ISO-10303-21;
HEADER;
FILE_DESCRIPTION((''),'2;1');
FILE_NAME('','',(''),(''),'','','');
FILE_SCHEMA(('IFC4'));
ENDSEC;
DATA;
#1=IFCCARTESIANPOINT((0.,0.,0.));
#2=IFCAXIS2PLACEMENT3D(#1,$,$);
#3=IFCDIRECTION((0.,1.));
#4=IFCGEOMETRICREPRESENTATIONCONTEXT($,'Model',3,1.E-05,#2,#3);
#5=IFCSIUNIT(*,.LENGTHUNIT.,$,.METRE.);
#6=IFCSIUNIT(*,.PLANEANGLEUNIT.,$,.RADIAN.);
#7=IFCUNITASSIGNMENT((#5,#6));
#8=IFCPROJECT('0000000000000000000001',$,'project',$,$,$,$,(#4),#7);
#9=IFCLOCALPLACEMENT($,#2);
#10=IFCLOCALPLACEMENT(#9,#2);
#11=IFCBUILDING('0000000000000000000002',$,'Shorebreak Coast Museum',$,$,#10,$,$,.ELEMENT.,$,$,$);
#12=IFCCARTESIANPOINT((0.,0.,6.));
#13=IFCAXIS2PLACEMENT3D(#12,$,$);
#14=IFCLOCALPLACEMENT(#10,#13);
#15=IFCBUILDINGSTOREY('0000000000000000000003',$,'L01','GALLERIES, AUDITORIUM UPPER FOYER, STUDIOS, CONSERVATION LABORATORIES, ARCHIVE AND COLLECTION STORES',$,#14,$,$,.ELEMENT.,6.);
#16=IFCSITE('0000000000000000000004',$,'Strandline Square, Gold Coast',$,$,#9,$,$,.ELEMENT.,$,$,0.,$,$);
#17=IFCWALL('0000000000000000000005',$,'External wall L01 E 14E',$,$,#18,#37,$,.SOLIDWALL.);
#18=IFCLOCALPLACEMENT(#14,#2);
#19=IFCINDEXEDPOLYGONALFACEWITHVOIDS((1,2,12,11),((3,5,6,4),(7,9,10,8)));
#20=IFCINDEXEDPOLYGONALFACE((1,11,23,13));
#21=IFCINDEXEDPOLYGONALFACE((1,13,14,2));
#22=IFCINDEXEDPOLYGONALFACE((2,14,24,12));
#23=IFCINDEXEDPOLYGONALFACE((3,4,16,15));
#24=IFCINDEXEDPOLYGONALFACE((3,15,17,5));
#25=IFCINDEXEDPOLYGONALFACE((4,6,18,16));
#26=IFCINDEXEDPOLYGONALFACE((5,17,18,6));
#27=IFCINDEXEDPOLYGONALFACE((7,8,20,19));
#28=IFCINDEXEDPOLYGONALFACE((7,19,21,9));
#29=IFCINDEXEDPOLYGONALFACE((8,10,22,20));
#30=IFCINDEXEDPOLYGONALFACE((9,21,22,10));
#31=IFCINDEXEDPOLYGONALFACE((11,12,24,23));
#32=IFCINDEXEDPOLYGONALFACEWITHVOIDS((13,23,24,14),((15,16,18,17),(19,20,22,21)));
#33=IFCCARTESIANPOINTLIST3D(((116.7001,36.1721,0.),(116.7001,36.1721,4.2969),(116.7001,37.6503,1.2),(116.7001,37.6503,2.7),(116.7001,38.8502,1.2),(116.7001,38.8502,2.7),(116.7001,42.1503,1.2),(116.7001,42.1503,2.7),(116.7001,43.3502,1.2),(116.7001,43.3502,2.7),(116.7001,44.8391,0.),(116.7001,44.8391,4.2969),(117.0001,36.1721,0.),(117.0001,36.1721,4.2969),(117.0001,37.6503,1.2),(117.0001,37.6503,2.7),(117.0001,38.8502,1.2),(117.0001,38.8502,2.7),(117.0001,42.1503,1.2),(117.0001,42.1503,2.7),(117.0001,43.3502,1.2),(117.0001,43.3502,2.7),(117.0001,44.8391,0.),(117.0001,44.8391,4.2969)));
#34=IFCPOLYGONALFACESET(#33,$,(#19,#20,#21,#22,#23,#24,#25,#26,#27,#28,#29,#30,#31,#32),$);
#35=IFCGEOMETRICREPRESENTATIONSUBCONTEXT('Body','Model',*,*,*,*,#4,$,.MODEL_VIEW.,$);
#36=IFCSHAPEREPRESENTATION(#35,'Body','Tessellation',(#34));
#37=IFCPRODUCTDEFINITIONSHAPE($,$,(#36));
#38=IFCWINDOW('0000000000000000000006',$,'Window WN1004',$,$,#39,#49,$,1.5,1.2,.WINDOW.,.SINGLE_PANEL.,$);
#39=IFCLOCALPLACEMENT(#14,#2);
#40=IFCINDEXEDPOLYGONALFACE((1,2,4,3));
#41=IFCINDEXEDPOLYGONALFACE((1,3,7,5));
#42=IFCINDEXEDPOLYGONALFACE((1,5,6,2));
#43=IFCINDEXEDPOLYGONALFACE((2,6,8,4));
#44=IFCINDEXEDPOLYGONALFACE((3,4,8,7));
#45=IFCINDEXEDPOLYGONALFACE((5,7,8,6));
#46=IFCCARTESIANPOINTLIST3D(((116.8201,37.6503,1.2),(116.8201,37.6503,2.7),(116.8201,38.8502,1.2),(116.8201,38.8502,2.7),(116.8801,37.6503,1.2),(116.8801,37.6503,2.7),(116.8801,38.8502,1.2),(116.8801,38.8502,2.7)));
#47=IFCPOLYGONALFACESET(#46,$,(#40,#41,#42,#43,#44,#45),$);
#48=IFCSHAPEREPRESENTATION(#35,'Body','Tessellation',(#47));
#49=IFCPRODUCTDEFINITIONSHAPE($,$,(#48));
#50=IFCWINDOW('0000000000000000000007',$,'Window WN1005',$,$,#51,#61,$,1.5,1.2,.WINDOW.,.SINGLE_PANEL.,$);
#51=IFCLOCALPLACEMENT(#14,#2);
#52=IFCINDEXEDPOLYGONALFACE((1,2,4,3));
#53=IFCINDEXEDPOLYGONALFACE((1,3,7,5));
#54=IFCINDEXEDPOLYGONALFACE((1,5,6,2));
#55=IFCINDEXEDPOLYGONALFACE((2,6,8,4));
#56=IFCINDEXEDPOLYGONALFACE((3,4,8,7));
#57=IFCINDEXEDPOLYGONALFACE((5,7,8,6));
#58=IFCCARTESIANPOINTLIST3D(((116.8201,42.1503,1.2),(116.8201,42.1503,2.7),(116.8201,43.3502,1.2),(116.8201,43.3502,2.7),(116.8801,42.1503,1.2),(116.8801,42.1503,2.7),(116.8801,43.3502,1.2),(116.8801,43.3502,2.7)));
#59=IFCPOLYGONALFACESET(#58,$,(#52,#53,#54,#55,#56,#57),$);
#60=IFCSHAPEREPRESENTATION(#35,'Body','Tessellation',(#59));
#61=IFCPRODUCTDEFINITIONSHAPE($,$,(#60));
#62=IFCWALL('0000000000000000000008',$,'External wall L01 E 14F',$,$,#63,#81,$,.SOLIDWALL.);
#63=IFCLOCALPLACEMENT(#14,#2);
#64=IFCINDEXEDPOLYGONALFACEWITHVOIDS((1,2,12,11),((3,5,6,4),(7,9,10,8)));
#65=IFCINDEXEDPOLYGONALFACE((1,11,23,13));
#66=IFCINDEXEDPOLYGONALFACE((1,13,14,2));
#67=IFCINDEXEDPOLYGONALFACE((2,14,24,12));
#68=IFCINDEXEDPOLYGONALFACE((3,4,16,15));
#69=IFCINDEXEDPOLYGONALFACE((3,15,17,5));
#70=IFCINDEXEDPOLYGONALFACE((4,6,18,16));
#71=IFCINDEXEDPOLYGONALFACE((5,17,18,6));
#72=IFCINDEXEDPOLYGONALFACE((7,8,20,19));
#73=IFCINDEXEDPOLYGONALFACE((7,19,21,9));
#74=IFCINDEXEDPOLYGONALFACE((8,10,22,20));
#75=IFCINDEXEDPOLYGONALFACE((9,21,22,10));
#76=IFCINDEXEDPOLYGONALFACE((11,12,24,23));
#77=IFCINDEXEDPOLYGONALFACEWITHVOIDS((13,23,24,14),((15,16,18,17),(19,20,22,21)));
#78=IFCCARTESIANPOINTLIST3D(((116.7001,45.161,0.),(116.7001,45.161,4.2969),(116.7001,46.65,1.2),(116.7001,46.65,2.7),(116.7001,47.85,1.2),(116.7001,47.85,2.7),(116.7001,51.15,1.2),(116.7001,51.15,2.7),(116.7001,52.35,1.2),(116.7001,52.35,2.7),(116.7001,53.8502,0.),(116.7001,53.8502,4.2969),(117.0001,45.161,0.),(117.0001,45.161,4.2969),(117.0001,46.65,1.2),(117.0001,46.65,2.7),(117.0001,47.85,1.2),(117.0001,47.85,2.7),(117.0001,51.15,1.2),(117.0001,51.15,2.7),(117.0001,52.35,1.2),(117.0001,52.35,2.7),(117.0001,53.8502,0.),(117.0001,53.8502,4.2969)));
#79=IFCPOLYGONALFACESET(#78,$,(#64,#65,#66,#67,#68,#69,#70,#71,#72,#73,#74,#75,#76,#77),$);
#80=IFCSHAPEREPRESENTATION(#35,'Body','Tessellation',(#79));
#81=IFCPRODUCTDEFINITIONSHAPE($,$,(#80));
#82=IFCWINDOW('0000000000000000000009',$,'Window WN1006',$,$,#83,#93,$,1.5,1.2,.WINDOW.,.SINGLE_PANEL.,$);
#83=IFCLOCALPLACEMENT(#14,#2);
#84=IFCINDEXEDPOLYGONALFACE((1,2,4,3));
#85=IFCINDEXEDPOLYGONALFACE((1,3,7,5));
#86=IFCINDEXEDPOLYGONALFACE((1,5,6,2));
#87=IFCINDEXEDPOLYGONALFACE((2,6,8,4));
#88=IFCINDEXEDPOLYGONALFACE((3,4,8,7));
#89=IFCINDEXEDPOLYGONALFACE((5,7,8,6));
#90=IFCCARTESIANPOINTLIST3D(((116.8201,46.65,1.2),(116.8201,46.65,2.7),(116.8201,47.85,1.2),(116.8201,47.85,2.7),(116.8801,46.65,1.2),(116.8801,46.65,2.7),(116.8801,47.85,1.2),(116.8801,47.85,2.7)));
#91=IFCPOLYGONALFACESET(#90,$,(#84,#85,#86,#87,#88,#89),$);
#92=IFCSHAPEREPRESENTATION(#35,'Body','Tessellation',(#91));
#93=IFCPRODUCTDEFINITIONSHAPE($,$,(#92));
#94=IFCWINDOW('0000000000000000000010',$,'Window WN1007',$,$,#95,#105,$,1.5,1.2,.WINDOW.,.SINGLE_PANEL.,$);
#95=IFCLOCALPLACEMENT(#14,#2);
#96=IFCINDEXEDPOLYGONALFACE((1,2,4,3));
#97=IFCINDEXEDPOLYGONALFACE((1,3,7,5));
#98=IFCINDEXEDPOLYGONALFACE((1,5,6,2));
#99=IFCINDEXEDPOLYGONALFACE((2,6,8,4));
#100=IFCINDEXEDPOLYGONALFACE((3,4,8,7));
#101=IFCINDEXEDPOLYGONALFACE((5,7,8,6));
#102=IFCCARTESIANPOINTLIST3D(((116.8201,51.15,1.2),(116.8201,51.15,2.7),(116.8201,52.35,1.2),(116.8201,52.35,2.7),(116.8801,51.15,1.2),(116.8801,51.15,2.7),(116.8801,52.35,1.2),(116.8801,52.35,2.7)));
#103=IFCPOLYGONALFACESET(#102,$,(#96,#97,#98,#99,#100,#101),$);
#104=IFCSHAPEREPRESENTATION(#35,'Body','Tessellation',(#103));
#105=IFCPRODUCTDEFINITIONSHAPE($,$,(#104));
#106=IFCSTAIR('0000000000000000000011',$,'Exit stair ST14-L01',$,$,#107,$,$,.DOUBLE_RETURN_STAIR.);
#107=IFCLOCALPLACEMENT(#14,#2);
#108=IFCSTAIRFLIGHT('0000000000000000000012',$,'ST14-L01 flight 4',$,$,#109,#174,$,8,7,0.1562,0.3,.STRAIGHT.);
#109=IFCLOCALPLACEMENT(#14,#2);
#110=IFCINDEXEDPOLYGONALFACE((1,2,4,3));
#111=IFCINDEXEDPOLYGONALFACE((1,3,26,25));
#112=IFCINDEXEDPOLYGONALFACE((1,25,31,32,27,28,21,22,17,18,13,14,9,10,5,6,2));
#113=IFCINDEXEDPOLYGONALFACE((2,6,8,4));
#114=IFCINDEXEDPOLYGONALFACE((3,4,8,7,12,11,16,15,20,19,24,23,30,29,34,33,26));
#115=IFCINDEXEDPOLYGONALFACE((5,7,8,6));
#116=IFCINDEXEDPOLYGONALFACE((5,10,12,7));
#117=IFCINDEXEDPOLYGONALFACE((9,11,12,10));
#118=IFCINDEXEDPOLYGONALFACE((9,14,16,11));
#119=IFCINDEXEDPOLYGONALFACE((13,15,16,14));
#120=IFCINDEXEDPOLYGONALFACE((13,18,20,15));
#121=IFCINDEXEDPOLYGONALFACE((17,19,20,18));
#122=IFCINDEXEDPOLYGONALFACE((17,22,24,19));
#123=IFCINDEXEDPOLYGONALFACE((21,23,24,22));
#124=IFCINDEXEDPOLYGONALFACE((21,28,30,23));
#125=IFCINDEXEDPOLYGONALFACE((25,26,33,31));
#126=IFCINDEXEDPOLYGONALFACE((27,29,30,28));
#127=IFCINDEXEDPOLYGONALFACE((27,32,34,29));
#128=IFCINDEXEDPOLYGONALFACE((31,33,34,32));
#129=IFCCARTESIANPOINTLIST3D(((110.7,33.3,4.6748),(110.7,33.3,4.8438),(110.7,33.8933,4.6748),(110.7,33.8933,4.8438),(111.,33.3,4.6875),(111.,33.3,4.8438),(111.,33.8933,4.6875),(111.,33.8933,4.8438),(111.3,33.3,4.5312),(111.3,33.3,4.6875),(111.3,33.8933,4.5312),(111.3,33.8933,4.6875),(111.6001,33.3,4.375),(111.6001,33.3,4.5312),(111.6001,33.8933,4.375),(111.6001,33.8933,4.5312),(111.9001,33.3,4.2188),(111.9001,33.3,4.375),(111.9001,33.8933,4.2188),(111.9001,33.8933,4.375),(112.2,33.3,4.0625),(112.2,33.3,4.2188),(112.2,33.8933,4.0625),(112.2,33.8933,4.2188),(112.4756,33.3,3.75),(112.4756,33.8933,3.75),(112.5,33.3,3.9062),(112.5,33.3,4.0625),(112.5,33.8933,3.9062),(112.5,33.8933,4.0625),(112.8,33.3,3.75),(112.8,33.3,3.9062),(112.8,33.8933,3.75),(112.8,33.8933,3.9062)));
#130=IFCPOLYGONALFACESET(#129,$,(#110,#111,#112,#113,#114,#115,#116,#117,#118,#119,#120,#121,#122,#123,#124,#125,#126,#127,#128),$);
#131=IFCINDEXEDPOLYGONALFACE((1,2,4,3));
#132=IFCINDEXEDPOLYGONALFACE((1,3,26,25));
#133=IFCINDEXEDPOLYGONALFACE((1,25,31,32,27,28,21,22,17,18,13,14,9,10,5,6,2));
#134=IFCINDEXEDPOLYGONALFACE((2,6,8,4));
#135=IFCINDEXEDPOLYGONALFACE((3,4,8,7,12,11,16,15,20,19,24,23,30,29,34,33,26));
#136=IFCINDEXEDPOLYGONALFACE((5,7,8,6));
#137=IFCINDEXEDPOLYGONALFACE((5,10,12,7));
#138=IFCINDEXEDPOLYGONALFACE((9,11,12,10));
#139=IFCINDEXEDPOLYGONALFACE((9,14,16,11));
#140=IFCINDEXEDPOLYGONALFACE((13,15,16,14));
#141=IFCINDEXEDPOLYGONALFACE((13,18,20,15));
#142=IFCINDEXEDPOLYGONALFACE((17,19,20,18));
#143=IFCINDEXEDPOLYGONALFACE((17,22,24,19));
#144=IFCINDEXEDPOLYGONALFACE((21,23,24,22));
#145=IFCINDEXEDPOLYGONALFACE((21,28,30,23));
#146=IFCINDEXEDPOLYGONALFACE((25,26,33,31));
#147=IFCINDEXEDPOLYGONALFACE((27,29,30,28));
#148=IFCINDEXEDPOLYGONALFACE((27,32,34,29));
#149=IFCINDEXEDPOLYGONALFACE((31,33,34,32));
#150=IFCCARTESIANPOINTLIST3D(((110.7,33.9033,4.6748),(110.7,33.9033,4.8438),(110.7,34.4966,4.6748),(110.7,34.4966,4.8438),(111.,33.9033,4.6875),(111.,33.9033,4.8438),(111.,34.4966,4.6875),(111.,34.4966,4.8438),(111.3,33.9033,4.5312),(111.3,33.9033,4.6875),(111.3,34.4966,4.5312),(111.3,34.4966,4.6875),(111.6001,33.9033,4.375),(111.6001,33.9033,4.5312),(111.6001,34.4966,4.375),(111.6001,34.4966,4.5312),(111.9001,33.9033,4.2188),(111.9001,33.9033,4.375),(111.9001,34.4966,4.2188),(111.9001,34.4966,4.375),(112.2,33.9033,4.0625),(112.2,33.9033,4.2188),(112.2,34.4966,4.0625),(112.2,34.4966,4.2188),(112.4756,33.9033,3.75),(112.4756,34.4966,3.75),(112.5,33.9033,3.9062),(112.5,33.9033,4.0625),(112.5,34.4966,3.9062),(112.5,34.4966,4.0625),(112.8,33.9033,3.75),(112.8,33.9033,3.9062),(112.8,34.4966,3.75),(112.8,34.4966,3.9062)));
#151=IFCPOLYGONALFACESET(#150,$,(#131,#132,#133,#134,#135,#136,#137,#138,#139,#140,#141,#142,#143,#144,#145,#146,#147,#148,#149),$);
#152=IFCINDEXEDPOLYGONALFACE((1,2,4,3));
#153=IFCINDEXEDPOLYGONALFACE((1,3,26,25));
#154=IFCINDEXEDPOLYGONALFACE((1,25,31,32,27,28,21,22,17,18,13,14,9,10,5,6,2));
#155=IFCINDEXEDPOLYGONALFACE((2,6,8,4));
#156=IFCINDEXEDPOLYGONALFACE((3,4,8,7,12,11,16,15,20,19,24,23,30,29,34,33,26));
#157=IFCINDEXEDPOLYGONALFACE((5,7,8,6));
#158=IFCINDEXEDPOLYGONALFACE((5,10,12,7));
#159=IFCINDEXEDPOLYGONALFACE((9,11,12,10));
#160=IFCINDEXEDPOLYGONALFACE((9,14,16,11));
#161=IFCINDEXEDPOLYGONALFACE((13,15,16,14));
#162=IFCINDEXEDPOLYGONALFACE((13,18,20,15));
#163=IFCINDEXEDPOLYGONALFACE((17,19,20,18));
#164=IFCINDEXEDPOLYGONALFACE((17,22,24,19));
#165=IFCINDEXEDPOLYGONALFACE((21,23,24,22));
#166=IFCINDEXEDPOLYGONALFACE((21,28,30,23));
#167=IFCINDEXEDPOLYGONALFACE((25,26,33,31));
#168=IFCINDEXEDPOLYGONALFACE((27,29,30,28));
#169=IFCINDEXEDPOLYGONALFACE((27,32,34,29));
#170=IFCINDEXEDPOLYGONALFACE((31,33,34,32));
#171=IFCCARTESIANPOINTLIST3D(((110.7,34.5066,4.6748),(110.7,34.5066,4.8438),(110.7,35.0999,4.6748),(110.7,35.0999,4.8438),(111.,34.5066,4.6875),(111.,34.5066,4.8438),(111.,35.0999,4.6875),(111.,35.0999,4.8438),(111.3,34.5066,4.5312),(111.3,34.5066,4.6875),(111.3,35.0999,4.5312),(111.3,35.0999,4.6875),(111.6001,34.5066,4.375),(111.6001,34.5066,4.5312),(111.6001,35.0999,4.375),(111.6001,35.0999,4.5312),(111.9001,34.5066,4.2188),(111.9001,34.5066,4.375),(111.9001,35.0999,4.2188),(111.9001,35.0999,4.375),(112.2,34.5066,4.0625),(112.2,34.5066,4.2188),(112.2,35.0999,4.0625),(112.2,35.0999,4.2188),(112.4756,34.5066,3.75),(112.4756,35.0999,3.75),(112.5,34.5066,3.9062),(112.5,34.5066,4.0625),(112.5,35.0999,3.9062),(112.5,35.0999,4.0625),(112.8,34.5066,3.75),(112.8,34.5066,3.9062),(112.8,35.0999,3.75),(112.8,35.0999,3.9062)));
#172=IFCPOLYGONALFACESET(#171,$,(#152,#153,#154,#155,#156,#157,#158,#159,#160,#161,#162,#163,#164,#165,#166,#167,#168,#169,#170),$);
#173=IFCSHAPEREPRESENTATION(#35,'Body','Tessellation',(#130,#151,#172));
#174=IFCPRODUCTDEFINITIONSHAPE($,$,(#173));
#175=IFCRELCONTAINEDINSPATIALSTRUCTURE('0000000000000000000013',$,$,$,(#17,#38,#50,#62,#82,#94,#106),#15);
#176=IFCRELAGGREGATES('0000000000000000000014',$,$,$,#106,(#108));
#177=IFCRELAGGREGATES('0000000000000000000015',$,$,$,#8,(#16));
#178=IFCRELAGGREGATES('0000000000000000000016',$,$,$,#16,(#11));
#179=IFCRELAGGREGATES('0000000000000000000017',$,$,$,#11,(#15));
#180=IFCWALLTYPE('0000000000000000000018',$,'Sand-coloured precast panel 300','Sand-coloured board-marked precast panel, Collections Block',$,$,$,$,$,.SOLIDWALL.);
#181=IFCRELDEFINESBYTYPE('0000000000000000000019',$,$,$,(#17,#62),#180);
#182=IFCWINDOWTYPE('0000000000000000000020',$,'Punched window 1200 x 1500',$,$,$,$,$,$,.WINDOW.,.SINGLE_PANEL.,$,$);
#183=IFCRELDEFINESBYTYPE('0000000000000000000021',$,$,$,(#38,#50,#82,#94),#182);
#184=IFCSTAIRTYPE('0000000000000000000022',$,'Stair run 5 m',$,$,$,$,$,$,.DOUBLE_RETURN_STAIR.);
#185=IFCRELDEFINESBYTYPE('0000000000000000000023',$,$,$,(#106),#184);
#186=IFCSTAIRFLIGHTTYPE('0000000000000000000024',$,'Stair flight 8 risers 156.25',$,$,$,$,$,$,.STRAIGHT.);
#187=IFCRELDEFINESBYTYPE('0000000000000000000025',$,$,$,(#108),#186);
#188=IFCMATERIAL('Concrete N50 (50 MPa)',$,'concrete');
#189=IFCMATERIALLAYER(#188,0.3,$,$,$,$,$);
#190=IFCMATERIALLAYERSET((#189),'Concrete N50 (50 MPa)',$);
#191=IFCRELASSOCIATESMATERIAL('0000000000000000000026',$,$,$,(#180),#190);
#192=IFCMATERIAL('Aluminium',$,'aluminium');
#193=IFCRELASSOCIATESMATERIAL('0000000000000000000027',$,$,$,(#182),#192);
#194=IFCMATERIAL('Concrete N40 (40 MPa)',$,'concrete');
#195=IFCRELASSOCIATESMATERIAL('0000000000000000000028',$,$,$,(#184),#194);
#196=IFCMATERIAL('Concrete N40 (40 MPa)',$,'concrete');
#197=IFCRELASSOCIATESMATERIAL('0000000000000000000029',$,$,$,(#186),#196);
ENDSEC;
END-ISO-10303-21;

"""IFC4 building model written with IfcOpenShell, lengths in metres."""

from ifc_helpers import new_model, si_unit, direction, frame, frame_2d, origin, place, context, subcontext, project, spatial, polyline, rectangle, outline, extrude, material, layer, layer_set, type_object, element, fill, aggregate, save


model = new_model("IFC4")

# Units and contexts
model_context = context("Model", 3, precision=1e-05, world=origin(), true_north=direction((0.0, 1.0)))
body_context = subcontext(model_context, "Body", "Model", "MODEL_VIEW")
ifc_project = project(units=[si_unit("LENGTHUNIT", "METRE"), si_unit("PLANEANGLEUNIT", "RADIAN")], contexts=[model_context])

# Site, building, storey
site_placement = place(None, origin())
site = spatial("IfcSite", under=ifc_project, at=site_placement, Name="Strandline Square, Gold Coast", CompositionType="ELEMENT", RefElevation=0.0)
building_placement = place(site_placement, origin())
building = spatial("IfcBuilding", under=site, at=building_placement, Name="Shorebreak Coast Museum", CompositionType="ELEMENT")
storey_placement = place(building_placement, frame((0.0, 0.0, 6.0)))
storey = spatial("IfcBuildingStorey", under=building, at=storey_placement, Name="L01", Description="GALLERIES, AUDITORIUM UPPER FOYER, STUDIOS, CONSERVATION LABORATORIES, ARCHIVE AND COLLECTION STORES", CompositionType="ELEMENT", Elevation=6.0)

# Walls, openings, windows
ifc_material_1 = material(Name="Concrete N50 (50 MPa)", Category="concrete")
ifc_layer_1 = layer(ifc_material_1, 0.3)
ifc_layer_set_1 = layer_set([ifc_layer_1], Name="Concrete N50 (50 MPa)")
wall_type_1 = type_object("IfcWallType", Name="Sand-coloured precast panel 300", Description="Sand-coloured board-marked precast panel, Collections Block", PredefinedType="SOLIDWALL", material=ifc_layer_set_1)
wall_1_placement = place(storey_placement, frame((116.8501, 36.1721, 0.0), z_axis=(0.0, 0.0, 1.0), x_axis=(0.0, 1.0, 0.0)))
wall_1 = element("IfcWall", 1, at=wall_1_placement, inside=storey, type_object=wall_type_1, Name="External wall L01 E 14E", PredefinedType="SOLIDWALL", context=body_context, shape_type="SweptSolid", body=[
    extrude(rectangle(XDim=8.667, YDim=0.3, at=frame_2d((4.3335, 0.0))), origin(), (0.0, 0.0, 1.0), 4.2969),
])
opening_1_placement = place(wall_1_placement, frame((1.478, 0.0, 1.2)))
opening_1 = element("IfcOpeningElement", 2, at=opening_1_placement, cuts=wall_1, PredefinedType="OPENING", context=body_context, shape_type="SweptSolid", body=[
    extrude(rectangle(XDim=1.2, YDim=1.5, at=frame_2d((0.6001, 0.75))), frame((0.0, 0.1599, 0.0), z_axis=(0.0, -1.0, 0.0), x_axis=(1.0, 0.0, 0.0)), (0.0, 0.0, 1.0), 0.3201),
])
opening_2_placement = place(wall_1_placement, frame((5.978, 0.0, 1.2)))
opening_2 = element("IfcOpeningElement", 3, at=opening_2_placement, cuts=wall_1, PredefinedType="OPENING", context=body_context, shape_type="SweptSolid", body=[
    extrude(rectangle(XDim=1.2, YDim=1.5, at=frame_2d((0.6001, 0.75))), frame((0.0, 0.1599, 0.0), z_axis=(0.0, -1.0, 0.0), x_axis=(1.0, 0.0, 0.0)), (0.0, 0.0, 1.0), 0.3201),
])
ifc_material_2 = material(Name="Aluminium", Category="aluminium")
window_type = type_object("IfcWindowType", Name="Punched window 1200 x 1500", PartitioningType="SINGLE_PANEL", PredefinedType="WINDOW", material=ifc_material_2)
window_1_placement = place(opening_1_placement, origin())
window_1 = element("IfcWindow", 4, at=window_1_placement, inside=storey, type_object=window_type, Name="Window WN1004", OverallHeight=1.5, OverallWidth=1.2, PartitioningType="SINGLE_PANEL", PredefinedType="WINDOW", context=body_context, shape_type="SweptSolid", body=[
    extrude(rectangle(XDim=1.2, YDim=1.5, at=frame_2d((0.6001, 0.75))), frame((0.0, 0.03, 0.0), z_axis=(0.0, -1.0, 0.0), x_axis=(1.0, 0.0, 0.0)), (0.0, 0.0, 1.0), 0.0601),
])
fill(opening_1, window_1)
window_2_placement = place(opening_2_placement, origin())
window_2 = element("IfcWindow", 5, at=window_2_placement, inside=storey, type_object=window_type, Name="Window WN1005", OverallHeight=1.5, OverallWidth=1.2, PartitioningType="SINGLE_PANEL", PredefinedType="WINDOW", context=body_context, shape_type="SweptSolid", body=[
    extrude(rectangle(XDim=1.2, YDim=1.5, at=frame_2d((0.6001, 0.75))), frame((0.0, 0.03, 0.0), z_axis=(0.0, -1.0, 0.0), x_axis=(1.0, 0.0, 0.0)), (0.0, 0.0, 1.0), 0.0601),
])
fill(opening_2, window_2)
wall_2_placement = place(storey_placement, frame((116.8501, 45.1609, 0.0), z_axis=(0.0, 0.0, 1.0), x_axis=(0.0, 1.0, 0.0)))
wall_2 = element("IfcWall", 6, at=wall_2_placement, inside=storey, type_object=wall_type_1, Name="External wall L01 E 14F", PredefinedType="SOLIDWALL", context=body_context, shape_type="SweptSolid", body=[
    extrude(rectangle(XDim=8.6892, YDim=0.3, at=frame_2d((4.3447, 0.0))), origin(), (0.0, 0.0, 1.0), 4.2969),
])
opening_3_placement = place(wall_2_placement, frame((1.489, 0.0, 1.2)))
opening_3 = element("IfcOpeningElement", 7, at=opening_3_placement, cuts=wall_2, PredefinedType="OPENING", context=body_context, shape_type="SweptSolid", body=[
    extrude(rectangle(XDim=1.2, YDim=1.5, at=frame_2d((0.6001, 0.75))), frame((0.0, 0.1599, 0.0), z_axis=(0.0, -1.0, 0.0), x_axis=(1.0, 0.0, 0.0)), (0.0, 0.0, 1.0), 0.3201),
])
opening_4_placement = place(wall_2_placement, frame((5.989, 0.0, 1.2)))
opening_4 = element("IfcOpeningElement", 8, at=opening_4_placement, cuts=wall_2, PredefinedType="OPENING", context=body_context, shape_type="SweptSolid", body=[
    extrude(rectangle(XDim=1.2, YDim=1.5, at=frame_2d((0.6001, 0.75))), frame((0.0, 0.1599, 0.0), z_axis=(0.0, -1.0, 0.0), x_axis=(1.0, 0.0, 0.0)), (0.0, 0.0, 1.0), 0.3201),
])
window_3_placement = place(opening_3_placement, origin())
window_3 = element("IfcWindow", 9, at=window_3_placement, inside=storey, type_object=window_type, Name="Window WN1006", OverallHeight=1.5, OverallWidth=1.2, PartitioningType="SINGLE_PANEL", PredefinedType="WINDOW", context=body_context, shape_type="SweptSolid", body=[
    extrude(rectangle(XDim=1.2, YDim=1.5, at=frame_2d((0.6001, 0.75))), frame((0.0, 0.03, 0.0), z_axis=(0.0, -1.0, 0.0), x_axis=(1.0, 0.0, 0.0)), (0.0, 0.0, 1.0), 0.0601),
])
fill(opening_3, window_3)
window_4_placement = place(opening_4_placement, origin())
window_4 = element("IfcWindow", 10, at=window_4_placement, inside=storey, type_object=window_type, Name="Window WN1007", OverallHeight=1.5, OverallWidth=1.2, PartitioningType="SINGLE_PANEL", PredefinedType="WINDOW", context=body_context, shape_type="SweptSolid", body=[
    extrude(rectangle(XDim=1.2, YDim=1.5, at=frame_2d((0.6001, 0.75))), frame((0.0, 0.03, 0.0), z_axis=(0.0, -1.0, 0.0), x_axis=(1.0, 0.0, 0.0)), (0.0, 0.0, 1.0), 0.0601),
])
fill(opening_4, window_4)

# Stair, stair flight
ifc_material_3 = material(Name="Concrete N40 (40 MPa)", Category="concrete")
stair_type = type_object("IfcStairType", Name="Stair run 5 m", PredefinedType="DOUBLE_RETURN_STAIR", material=ifc_material_3)
stair_placement = place(storey_placement, origin())
stair = element("IfcStair", 11, at=stair_placement, inside=storey, type_object=stair_type, Name="Exit stair ST14-L01", PredefinedType="DOUBLE_RETURN_STAIR")
ifc_material_4 = material(Name="Concrete N40 (40 MPa)", Category="concrete")
stair_flight_type = type_object("IfcStairFlightType", Name="Stair flight 8 risers 156.25", PredefinedType="STRAIGHT", material=ifc_material_4)
stair_flight_placement = place(storey_placement, frame((112.8, 34.2, 3.75), z_axis=(0.0, 0.0, 1.0), x_axis=(-1.0, 0.0, 0.0)))
stair_flight = element("IfcStairFlight", 12, at=stair_flight_placement, type_object=stair_flight_type, Name="ST14-L01 flight 4", NumberOfRisers=8, NumberOfTreads=7, PredefinedType="STRAIGHT", RiserHeight=0.1562, TreadLength=0.3, context=body_context, shape_type="SweptSolid", body=[
    extrude(outline(polyline([(0.0, 0.0), (0.0, 0.1562), (0.3, 0.1562), (0.3, 0.3125), (0.6001, 0.3125), (0.6001, 0.4688), (0.8999, 0.4688), (0.8999, 0.625), (1.2, 0.625), (1.2, 0.7812), (1.5, 0.7812), (1.5, 0.9375), (1.8, 0.9375), (1.8, 1.0938), (2.1001, 1.0938), (2.1001, 1.25), (2.1001, 0.9248), (0.3245, 0.0), (0.0, 0.0)])), frame((0.0, 0.8999, 0.0), z_axis=(0.0, -1.0, 0.0), x_axis=(1.0, 0.0, 0.0)), (0.0, 0.0, 1.0), 0.5933),
    extrude(outline(polyline([(0.0, 0.0), (0.0, 0.1562), (0.3, 0.1562), (0.3, 0.3125), (0.6001, 0.3125), (0.6001, 0.4688), (0.8999, 0.4688), (0.8999, 0.625), (1.2, 0.625), (1.2, 0.7812), (1.5, 0.7812), (1.5, 0.9375), (1.8, 0.9375), (1.8, 1.0938), (2.1001, 1.0938), (2.1001, 1.25), (2.1001, 0.9248), (0.3245, 0.0), (0.0, 0.0)])), frame((0.0, 0.2966, 0.0), z_axis=(0.0, -1.0, 0.0), x_axis=(1.0, 0.0, 0.0)), (0.0, 0.0, 1.0), 0.5933),
    extrude(outline(polyline([(0.0, 0.0), (0.0, 0.1562), (0.3, 0.1562), (0.3, 0.3125), (0.6001, 0.3125), (0.6001, 0.4688), (0.8999, 0.4688), (0.8999, 0.625), (1.2, 0.625), (1.2, 0.7812), (1.5, 0.7812), (1.5, 0.9375), (1.8, 0.9375), (1.8, 1.0938), (2.1001, 1.0938), (2.1001, 1.25), (2.1001, 0.9248), (0.3245, 0.0), (0.0, 0.0)])), frame((0.0, -0.3066, 0.0), z_axis=(0.0, -1.0, 0.0), x_axis=(1.0, 0.0, 0.0)), (0.0, 0.0, 1.0), 0.5933),
])
aggregate(stair, [stair_flight])

save(model, "model.ifc")
